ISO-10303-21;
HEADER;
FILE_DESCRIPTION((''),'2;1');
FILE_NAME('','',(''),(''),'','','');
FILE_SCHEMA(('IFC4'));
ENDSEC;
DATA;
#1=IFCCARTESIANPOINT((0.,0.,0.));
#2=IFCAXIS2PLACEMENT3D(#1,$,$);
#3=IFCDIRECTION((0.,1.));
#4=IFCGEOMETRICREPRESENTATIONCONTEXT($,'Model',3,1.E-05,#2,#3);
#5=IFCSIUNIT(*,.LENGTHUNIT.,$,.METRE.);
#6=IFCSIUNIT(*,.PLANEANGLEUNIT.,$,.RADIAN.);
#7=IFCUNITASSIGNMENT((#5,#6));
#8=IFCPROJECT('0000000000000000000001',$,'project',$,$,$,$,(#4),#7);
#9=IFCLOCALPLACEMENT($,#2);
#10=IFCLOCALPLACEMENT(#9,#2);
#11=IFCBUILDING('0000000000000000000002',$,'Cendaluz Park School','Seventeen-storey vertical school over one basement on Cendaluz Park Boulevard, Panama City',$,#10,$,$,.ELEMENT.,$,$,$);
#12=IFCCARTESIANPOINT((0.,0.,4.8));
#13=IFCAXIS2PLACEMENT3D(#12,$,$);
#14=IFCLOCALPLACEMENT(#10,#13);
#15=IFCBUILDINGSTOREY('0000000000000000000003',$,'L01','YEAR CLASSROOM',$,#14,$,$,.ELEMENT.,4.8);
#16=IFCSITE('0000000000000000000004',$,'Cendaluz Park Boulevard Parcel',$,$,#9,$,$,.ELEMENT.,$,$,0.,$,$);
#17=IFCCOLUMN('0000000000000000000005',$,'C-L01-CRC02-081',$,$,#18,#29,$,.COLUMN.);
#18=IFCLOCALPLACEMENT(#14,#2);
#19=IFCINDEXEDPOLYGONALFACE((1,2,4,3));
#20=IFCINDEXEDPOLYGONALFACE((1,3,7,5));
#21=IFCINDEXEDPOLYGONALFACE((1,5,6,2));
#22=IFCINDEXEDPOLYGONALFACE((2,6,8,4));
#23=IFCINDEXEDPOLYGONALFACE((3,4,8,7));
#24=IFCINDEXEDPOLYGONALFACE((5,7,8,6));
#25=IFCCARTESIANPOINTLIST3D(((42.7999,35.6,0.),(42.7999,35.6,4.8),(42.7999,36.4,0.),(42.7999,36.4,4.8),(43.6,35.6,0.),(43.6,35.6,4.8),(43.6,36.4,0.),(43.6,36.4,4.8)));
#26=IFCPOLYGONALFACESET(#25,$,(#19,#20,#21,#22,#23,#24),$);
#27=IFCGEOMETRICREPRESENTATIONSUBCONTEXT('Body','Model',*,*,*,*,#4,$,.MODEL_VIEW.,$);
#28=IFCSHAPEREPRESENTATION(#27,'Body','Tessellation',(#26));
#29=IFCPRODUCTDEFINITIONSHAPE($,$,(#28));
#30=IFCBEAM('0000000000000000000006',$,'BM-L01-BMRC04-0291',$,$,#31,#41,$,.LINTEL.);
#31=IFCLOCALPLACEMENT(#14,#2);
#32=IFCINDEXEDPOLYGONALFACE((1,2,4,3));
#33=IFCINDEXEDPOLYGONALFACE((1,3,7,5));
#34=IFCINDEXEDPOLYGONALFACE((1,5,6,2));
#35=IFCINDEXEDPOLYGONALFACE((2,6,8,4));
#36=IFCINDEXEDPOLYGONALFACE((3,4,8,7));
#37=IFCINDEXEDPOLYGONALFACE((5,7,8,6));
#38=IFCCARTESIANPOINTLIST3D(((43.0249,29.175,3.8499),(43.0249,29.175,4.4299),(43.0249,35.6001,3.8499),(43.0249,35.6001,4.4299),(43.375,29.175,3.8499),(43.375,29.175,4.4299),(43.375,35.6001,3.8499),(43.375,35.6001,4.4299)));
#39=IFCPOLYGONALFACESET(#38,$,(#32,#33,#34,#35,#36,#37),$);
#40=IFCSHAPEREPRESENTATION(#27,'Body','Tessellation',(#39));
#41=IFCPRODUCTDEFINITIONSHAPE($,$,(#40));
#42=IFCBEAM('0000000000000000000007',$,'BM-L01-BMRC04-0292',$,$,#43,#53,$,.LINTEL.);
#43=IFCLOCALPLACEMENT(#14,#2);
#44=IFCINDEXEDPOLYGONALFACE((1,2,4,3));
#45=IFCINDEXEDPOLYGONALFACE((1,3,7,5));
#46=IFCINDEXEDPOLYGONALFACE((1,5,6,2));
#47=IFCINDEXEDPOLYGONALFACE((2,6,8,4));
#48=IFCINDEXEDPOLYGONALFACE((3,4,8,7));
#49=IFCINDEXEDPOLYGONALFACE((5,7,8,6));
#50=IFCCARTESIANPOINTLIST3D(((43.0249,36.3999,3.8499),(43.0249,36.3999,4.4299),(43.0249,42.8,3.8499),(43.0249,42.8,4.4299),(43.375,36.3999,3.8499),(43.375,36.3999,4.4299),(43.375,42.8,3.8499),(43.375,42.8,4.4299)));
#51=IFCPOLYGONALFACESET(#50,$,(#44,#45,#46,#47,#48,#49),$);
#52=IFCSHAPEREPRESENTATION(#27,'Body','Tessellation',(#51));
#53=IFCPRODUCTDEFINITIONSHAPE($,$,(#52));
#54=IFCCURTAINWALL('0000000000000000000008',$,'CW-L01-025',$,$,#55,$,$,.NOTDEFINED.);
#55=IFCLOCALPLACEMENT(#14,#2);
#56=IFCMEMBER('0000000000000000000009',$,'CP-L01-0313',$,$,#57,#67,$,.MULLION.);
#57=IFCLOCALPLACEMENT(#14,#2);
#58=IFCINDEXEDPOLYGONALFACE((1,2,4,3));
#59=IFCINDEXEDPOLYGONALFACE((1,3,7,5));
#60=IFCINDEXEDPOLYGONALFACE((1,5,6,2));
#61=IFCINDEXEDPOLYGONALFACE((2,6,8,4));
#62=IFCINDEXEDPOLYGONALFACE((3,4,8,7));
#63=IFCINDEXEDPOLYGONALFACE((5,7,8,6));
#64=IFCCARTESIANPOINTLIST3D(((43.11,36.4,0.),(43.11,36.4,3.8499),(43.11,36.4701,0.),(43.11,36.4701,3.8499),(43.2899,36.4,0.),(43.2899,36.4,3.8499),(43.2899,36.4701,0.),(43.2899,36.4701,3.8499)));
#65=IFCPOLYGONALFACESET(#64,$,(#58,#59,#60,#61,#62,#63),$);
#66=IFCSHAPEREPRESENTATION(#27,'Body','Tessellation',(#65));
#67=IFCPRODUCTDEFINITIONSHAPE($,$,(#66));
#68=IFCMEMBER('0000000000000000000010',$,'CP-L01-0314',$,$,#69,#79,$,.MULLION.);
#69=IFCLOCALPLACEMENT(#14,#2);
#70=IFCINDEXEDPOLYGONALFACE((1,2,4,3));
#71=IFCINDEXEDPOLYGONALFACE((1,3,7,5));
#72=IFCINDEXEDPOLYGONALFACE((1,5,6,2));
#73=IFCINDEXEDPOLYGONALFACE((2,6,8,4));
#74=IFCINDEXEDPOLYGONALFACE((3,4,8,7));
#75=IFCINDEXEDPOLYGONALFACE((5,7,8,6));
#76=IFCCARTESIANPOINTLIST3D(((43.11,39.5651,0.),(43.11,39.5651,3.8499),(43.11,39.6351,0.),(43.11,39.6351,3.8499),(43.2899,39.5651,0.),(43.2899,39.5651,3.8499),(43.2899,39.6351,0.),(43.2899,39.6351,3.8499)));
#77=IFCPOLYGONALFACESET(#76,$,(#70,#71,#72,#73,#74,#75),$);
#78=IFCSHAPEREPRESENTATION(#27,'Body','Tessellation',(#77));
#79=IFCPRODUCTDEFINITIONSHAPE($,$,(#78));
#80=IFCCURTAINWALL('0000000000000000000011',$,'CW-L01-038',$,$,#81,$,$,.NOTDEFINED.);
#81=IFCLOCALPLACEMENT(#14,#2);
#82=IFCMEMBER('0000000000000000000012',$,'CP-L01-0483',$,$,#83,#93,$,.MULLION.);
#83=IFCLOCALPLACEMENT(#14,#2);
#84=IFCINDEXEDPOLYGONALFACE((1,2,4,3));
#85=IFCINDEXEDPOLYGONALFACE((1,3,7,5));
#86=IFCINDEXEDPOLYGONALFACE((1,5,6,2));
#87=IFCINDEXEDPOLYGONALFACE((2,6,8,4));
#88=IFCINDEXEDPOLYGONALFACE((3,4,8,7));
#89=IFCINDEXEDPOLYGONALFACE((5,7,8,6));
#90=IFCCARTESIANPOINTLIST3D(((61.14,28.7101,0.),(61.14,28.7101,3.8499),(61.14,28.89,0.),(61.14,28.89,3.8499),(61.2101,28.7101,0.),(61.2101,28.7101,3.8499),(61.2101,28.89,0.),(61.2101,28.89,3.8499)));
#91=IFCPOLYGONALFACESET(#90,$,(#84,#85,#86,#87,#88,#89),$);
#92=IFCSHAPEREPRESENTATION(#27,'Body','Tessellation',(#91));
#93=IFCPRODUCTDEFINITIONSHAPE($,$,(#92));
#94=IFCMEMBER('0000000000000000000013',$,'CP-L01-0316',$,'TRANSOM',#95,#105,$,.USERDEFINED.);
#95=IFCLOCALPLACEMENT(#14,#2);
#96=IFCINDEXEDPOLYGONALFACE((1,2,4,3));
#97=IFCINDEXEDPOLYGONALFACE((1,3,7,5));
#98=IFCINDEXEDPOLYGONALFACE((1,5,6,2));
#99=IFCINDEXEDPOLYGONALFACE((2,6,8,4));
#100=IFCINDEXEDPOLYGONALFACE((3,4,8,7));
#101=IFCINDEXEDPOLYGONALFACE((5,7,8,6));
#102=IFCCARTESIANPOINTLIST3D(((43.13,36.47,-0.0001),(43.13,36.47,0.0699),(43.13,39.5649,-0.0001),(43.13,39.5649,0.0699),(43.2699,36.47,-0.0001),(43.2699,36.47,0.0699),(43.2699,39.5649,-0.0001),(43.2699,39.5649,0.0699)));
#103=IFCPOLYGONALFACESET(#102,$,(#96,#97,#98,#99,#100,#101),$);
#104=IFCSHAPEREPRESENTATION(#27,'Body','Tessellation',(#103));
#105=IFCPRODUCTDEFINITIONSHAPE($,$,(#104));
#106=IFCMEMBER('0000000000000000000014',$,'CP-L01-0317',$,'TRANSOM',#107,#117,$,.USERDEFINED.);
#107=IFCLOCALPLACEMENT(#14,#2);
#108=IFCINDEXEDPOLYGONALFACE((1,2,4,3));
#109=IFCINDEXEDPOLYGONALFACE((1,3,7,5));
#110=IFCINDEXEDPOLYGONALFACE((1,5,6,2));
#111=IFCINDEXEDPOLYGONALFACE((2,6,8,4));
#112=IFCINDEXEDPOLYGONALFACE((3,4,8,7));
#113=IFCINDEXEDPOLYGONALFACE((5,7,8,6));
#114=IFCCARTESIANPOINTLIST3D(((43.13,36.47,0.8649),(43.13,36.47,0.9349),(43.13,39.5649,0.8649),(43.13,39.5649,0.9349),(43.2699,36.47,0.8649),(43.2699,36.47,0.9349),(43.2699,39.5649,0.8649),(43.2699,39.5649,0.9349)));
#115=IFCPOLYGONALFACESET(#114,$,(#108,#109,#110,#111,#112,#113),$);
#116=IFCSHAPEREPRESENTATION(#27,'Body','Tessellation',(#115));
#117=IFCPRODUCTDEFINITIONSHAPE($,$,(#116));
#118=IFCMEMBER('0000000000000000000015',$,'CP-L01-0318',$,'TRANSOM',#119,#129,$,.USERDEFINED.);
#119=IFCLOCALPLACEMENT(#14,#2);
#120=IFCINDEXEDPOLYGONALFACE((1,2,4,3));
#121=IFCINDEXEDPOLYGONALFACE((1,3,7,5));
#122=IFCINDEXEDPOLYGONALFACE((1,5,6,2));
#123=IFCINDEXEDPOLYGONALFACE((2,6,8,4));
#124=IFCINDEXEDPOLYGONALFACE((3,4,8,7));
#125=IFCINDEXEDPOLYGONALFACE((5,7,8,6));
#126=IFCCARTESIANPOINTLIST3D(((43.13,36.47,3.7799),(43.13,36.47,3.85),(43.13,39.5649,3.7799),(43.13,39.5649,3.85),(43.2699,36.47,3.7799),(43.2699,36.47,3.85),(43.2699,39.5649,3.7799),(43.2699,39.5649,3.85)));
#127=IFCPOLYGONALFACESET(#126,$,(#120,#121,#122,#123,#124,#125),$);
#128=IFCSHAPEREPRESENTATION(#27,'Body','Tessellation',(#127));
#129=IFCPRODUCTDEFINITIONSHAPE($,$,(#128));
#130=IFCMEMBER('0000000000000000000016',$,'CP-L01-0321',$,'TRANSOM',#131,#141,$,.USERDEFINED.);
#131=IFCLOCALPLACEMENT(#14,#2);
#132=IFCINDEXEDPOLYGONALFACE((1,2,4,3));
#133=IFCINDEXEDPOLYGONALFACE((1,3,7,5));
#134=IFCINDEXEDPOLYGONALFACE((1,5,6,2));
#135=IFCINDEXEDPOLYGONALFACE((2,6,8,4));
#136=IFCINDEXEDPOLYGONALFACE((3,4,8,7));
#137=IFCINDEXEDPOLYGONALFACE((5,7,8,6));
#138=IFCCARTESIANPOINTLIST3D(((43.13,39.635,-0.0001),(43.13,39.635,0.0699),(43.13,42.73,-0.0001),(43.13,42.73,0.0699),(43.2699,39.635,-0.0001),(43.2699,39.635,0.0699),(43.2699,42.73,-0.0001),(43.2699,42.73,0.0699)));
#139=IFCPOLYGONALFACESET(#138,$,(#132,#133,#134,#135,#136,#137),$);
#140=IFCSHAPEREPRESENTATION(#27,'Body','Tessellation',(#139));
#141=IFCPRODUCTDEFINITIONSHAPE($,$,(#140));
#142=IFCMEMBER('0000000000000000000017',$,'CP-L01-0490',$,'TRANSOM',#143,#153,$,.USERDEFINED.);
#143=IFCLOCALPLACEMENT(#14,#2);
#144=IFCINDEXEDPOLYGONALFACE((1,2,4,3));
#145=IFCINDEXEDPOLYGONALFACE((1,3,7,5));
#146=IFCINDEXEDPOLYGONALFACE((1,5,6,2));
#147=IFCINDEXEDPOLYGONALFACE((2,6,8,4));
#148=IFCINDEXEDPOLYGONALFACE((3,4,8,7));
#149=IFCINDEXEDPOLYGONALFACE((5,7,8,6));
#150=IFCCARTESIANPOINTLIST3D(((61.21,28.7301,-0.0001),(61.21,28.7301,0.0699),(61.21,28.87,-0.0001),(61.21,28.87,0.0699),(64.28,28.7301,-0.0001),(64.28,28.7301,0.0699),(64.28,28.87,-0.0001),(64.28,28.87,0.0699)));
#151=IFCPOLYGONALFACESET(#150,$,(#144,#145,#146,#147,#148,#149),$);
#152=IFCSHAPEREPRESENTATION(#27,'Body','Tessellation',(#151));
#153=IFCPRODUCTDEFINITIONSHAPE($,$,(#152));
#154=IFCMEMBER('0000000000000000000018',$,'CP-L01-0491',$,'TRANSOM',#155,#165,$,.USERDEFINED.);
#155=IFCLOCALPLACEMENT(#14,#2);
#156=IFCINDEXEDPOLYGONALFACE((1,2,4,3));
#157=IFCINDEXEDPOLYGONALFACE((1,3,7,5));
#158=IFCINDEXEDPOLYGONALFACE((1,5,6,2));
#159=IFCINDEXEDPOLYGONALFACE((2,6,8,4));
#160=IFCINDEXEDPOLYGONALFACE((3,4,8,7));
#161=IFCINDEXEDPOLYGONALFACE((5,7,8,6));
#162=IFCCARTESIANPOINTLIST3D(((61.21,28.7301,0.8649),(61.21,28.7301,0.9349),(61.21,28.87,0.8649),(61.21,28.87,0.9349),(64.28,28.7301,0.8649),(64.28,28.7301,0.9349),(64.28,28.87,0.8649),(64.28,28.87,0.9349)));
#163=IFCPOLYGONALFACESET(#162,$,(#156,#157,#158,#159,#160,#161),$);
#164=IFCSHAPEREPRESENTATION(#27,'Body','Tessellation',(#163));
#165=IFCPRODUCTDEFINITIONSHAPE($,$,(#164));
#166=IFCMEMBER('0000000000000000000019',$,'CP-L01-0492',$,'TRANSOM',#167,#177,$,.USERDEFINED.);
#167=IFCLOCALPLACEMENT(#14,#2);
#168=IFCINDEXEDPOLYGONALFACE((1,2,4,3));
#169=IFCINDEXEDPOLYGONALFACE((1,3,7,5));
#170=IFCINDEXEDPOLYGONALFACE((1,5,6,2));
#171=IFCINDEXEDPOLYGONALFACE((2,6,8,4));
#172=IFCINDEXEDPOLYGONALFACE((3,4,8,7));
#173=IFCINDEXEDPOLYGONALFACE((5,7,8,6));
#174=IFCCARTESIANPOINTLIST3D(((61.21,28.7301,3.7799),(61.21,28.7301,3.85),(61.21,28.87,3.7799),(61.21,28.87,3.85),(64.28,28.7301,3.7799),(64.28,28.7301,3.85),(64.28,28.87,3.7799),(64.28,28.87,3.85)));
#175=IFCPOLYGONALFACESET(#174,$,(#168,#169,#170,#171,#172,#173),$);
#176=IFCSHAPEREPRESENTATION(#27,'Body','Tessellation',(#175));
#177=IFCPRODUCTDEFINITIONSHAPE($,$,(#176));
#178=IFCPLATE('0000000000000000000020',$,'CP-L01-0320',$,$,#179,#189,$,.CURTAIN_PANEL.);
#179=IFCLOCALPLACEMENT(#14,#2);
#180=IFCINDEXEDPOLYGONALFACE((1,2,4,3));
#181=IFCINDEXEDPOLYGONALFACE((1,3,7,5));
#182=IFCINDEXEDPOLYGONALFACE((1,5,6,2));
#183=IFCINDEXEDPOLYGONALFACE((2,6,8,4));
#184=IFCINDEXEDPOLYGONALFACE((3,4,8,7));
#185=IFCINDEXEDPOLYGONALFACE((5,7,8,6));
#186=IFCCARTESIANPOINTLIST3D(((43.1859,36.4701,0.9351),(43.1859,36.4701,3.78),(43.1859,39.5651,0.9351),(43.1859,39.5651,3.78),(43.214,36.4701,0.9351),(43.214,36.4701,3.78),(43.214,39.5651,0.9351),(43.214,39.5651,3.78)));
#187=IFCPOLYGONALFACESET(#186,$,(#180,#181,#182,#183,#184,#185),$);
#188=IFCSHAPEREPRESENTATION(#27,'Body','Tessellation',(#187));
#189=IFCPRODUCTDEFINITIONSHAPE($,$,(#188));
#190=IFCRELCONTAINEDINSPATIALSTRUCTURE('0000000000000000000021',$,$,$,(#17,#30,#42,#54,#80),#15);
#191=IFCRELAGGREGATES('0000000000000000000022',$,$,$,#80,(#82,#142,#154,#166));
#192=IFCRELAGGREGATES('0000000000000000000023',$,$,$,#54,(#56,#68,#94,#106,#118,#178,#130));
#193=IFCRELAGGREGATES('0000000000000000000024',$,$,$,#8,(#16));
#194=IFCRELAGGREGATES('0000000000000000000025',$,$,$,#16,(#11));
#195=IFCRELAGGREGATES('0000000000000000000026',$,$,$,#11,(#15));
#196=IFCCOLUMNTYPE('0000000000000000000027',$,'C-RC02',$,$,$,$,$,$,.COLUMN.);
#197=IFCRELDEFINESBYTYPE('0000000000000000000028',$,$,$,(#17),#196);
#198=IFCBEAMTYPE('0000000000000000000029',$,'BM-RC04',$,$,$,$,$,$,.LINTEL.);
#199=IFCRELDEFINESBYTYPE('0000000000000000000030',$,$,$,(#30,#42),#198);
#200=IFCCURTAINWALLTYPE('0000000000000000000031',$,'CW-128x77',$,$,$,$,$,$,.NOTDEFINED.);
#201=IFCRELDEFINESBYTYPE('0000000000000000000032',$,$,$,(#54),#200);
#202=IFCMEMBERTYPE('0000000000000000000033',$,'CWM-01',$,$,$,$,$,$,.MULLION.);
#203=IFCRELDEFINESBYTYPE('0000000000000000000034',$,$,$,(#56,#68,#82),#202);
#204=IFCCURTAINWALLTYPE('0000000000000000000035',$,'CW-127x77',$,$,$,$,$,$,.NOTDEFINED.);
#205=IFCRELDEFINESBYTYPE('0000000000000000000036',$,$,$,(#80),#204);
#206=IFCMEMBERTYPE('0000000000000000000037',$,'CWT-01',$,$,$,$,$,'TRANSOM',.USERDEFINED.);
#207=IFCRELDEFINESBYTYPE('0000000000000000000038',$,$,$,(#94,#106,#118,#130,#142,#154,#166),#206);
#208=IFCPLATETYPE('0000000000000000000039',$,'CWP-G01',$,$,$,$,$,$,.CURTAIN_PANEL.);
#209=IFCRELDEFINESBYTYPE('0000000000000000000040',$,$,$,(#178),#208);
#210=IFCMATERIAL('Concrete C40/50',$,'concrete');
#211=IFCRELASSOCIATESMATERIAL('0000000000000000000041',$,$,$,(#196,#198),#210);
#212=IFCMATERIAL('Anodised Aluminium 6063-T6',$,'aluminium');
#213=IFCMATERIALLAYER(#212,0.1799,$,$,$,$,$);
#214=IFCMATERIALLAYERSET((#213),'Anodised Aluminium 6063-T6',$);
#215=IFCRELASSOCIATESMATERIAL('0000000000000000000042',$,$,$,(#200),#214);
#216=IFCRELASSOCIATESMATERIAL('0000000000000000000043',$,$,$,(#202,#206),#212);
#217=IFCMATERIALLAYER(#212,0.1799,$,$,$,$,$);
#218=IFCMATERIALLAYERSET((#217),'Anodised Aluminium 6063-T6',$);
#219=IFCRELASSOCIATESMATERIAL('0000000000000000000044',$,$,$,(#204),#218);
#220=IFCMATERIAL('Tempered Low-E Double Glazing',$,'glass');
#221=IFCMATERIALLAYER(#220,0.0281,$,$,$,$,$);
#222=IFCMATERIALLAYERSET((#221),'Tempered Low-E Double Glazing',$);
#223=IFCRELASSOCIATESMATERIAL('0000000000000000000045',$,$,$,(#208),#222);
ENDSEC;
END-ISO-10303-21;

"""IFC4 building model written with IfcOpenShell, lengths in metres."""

from ifc_helpers import new_model, si_unit, direction, frame, origin, origin_2d, place, context, subcontext, project, spatial, rectangle, extrude, material, layer, layer_set, material_profile, profile_set, type_object, element, aggregate, save


model = new_model("IFC4")

# Units and contexts
model_context = context("Model", 3, precision=1e-05, world=origin(), true_north=direction((0.0, 1.0)))
body_context = subcontext(model_context, "Body", "Model", "MODEL_VIEW")
ifc_project = project(units=[si_unit("LENGTHUNIT", "METRE"), si_unit("PLANEANGLEUNIT", "RADIAN")], contexts=[model_context])

# Site, building, storey
site_placement = place(None, origin())
site = spatial("IfcSite", under=ifc_project, at=site_placement, Name="Cendaluz Park Boulevard Parcel", CompositionType="ELEMENT", RefElevation=0.0)
building_placement = place(site_placement, origin())
building = spatial("IfcBuilding", under=site, at=building_placement, Name="Cendaluz Park School", Description="Seventeen-storey vertical school over one basement on Cendaluz Park Boulevard, Panama City", CompositionType="ELEMENT")
storey_placement = place(building_placement, frame((0.0, 0.0, 4.8)))
storey = spatial("IfcBuildingStorey", under=building, at=storey_placement, Name="L01", Description="YEAR CLASSROOM", CompositionType="ELEMENT", Elevation=4.8)

# Column
ifc_material_1 = material(Name="Concrete C40/50", Category="concrete")
ifc_material_profile_1 = material_profile(ifc_material_1, rectangle(XDim=0.8, YDim=0.8, at=origin_2d()), Name="RC 800x800", Category="concrete")
ifc_profile_set_1 = profile_set([ifc_material_profile_1], Name="Concrete C40/50")
column_type = type_object("IfcColumnType", Name="C-RC02", PredefinedType="COLUMN", material=ifc_profile_set_1)
column_placement = place(storey_placement, frame((43.2, 36.0, 0.0), z_axis=(0.0, 0.0, 1.0), x_axis=(1.0, 0.0, 0.0)))
element("IfcColumn", 1, at=column_placement, inside=storey, type_object=column_type, Name="C-L01-CRC02-081", PredefinedType="COLUMN", context=body_context, shape_type="SweptSolid", body=[
    extrude(rectangle(XDim=0.8, YDim=0.8, at=origin_2d()), origin(), (0.0, 0.0, 1.0), 4.8),
])

# Beams
ifc_material_profile_2 = material_profile(ifc_material_1, rectangle(XDim=0.3501, YDim=0.5801, at=origin_2d()), Name="RC 350x580", Category="concrete")
ifc_profile_set_2 = profile_set([ifc_material_profile_2], Name="Concrete C40/50")
beam_type = type_object("IfcBeamType", Name="BM-RC04", PredefinedType="LINTEL", material=ifc_profile_set_2)
beam_1_placement = place(storey_placement, frame((43.2, 29.175, 4.1399), z_axis=(0.0, 1.0, 0.0), x_axis=(-1.0, 0.0, 0.0)))
element("IfcBeam", 2, at=beam_1_placement, inside=storey, type_object=beam_type, Name="BM-L01-BMRC04-0291", PredefinedType="LINTEL", context=body_context, shape_type="SweptSolid", body=[
    extrude(rectangle(XDim=0.3501, YDim=0.5801, at=origin_2d()), origin(), (0.0, 0.0, 1.0), 6.425),
])
beam_2_placement = place(storey_placement, frame((43.2, 36.3999, 4.1399), z_axis=(0.0, 1.0, 0.0), x_axis=(-1.0, 0.0, 0.0)))
element("IfcBeam", 3, at=beam_2_placement, inside=storey, type_object=beam_type, Name="BM-L01-BMRC04-0292", PredefinedType="LINTEL", context=body_context, shape_type="SweptSolid", body=[
    extrude(rectangle(XDim=0.3501, YDim=0.5801, at=origin_2d()), origin(), (0.0, 0.0, 1.0), 6.4001),
])

# Curtain wall, members
ifc_material_2 = material(Name="Anodised Aluminium 6063-T6", Category="aluminium")
ifc_layer_1 = layer(ifc_material_2, 0.1799)
ifc_layer_set_1 = layer_set([ifc_layer_1], Name="Anodised Aluminium 6063-T6")
curtain_wall_type_1 = type_object("IfcCurtainWallType", Name="CW-128x77", PredefinedType="NOTDEFINED", material=ifc_layer_set_1)
curtain_wall_1_placement = place(storey_placement, origin())
curtain_wall_1 = element("IfcCurtainWall", 4, at=curtain_wall_1_placement, inside=storey, type_object=curtain_wall_type_1, Name="CW-L01-025", PredefinedType="NOTDEFINED")
ifc_material_profile_3 = material_profile(ifc_material_2, rectangle(XDim=0.1799, YDim=0.0701, at=origin_2d()), Name="CWM 180x70", Category="aluminium")
ifc_profile_set_3 = profile_set([ifc_material_profile_3], Name="Anodised Aluminium 6063-T6")
member_type_1 = type_object("IfcMemberType", Name="CWM-01", PredefinedType="MULLION", material=ifc_profile_set_3)
member_1_placement = place(storey_placement, frame((43.2, 36.4351, 0.0), z_axis=(0.0, 0.0, 1.0), x_axis=(-1.0, 0.0, 0.0)))
member_1 = element("IfcMember", 5, at=member_1_placement, type_object=member_type_1, Name="CP-L01-0313", PredefinedType="MULLION", context=body_context, shape_type="SweptSolid", body=[
    extrude(rectangle(XDim=0.1799, YDim=0.0701, at=origin_2d()), origin(), (0.0, 0.0, 1.0), 3.8499),
])
member_2_placement = place(storey_placement, frame((43.2, 39.6001, 0.0), z_axis=(0.0, 0.0, 1.0), x_axis=(-1.0, 0.0, 0.0)))
member_2 = element("IfcMember", 6, at=member_2_placement, type_object=member_type_1, Name="CP-L01-0314", PredefinedType="MULLION", context=body_context, shape_type="SweptSolid", body=[
    extrude(rectangle(XDim=0.1799, YDim=0.0701, at=origin_2d()), origin(), (0.0, 0.0, 1.0), 3.8499),
])

# Curtain wall, member
ifc_layer_2 = layer(ifc_material_2, 0.1799)
ifc_layer_set_2 = layer_set([ifc_layer_2], Name="Anodised Aluminium 6063-T6")
curtain_wall_type_2 = type_object("IfcCurtainWallType", Name="CW-127x77", PredefinedType="NOTDEFINED", material=ifc_layer_set_2)
curtain_wall_2_placement = place(storey_placement, origin())
curtain_wall_2 = element("IfcCurtainWall", 7, at=curtain_wall_2_placement, inside=storey, type_object=curtain_wall_type_2, Name="CW-L01-038", PredefinedType="NOTDEFINED")
member_3_placement = place(storey_placement, frame((61.175, 28.8, 0.0), z_axis=(0.0, 0.0, 1.0), x_axis=(0.0, 1.0, 0.0)))
member_3 = element("IfcMember", 8, at=member_3_placement, type_object=member_type_1, Name="CP-L01-0483", PredefinedType="MULLION", context=body_context, shape_type="SweptSolid", body=[
    extrude(rectangle(XDim=0.1799, YDim=0.0701, at=origin_2d()), origin(), (0.0, 0.0, 1.0), 3.8499),
])

# Members
ifc_material_profile_4 = material_profile(ifc_material_2, rectangle(XDim=0.1399, YDim=0.0701, at=origin_2d()), Name="CWT 140x70", Category="aluminium")
ifc_profile_set_4 = profile_set([ifc_material_profile_4], Name="Anodised Aluminium 6063-T6")
member_type_2 = type_object("IfcMemberType", Name="CWT-01", ElementType="TRANSOM", PredefinedType="USERDEFINED", material=ifc_profile_set_4)
member_4_placement = place(storey_placement, frame((43.2, 36.47, 0.0349), z_axis=(0.0, 1.0, 0.0), x_axis=(-1.0, 0.0, 0.0)))
member_4 = element("IfcMember", 9, at=member_4_placement, type_object=member_type_2, Name="CP-L01-0316", ObjectType="TRANSOM", PredefinedType="USERDEFINED", context=body_context, shape_type="SweptSolid", body=[
    extrude(rectangle(XDim=0.1399, YDim=0.0701, at=origin_2d()), origin(), (0.0, 0.0, 1.0), 3.095),
])
member_5_placement = place(storey_placement, frame((43.2, 36.47, 0.8999), z_axis=(0.0, 1.0, 0.0), x_axis=(-1.0, 0.0, 0.0)))
member_5 = element("IfcMember", 10, at=member_5_placement, type_object=member_type_2, Name="CP-L01-0317", ObjectType="TRANSOM", PredefinedType="USERDEFINED", context=body_context, shape_type="SweptSolid", body=[
    extrude(rectangle(XDim=0.1399, YDim=0.0701, at=origin_2d()), origin(), (0.0, 0.0, 1.0), 3.095),
])
member_6_placement = place(storey_placement, frame((43.2, 36.47, 3.8149), z_axis=(0.0, 1.0, 0.0), x_axis=(-1.0, 0.0, 0.0)))
member_6 = element("IfcMember", 11, at=member_6_placement, type_object=member_type_2, Name="CP-L01-0318", ObjectType="TRANSOM", PredefinedType="USERDEFINED", context=body_context, shape_type="SweptSolid", body=[
    extrude(rectangle(XDim=0.1399, YDim=0.0701, at=origin_2d()), origin(), (0.0, 0.0, 1.0), 3.095),
])
member_7_placement = place(storey_placement, frame((43.2, 39.635, 0.0349), z_axis=(0.0, 1.0, 0.0), x_axis=(-1.0, 0.0, 0.0)))
member_7 = element("IfcMember", 12, at=member_7_placement, type_object=member_type_2, Name="CP-L01-0321", ObjectType="TRANSOM", PredefinedType="USERDEFINED", context=body_context, shape_type="SweptSolid", body=[
    extrude(rectangle(XDim=0.1399, YDim=0.0701, at=origin_2d()), origin(), (0.0, 0.0, 1.0), 3.095),
])
member_8_placement = place(storey_placement, frame((61.21, 28.8, 0.0349), z_axis=(1.0, 0.0, 0.0), x_axis=(0.0, 1.0, 0.0)))
member_8 = element("IfcMember", 13, at=member_8_placement, type_object=member_type_2, Name="CP-L01-0490", ObjectType="TRANSOM", PredefinedType="USERDEFINED", context=body_context, shape_type="SweptSolid", body=[
    extrude(rectangle(XDim=0.1399, YDim=0.0701, at=origin_2d()), origin(), (0.0, 0.0, 1.0), 3.0701),
])
member_9_placement = place(storey_placement, frame((61.21, 28.8, 0.8999), z_axis=(1.0, 0.0, 0.0), x_axis=(0.0, 1.0, 0.0)))
member_9 = element("IfcMember", 14, at=member_9_placement, type_object=member_type_2, Name="CP-L01-0491", ObjectType="TRANSOM", PredefinedType="USERDEFINED", context=body_context, shape_type="SweptSolid", body=[
    extrude(rectangle(XDim=0.1399, YDim=0.0701, at=origin_2d()), origin(), (0.0, 0.0, 1.0), 3.0701),
])
member_10_placement = place(storey_placement, frame((61.21, 28.8, 3.8149), z_axis=(1.0, 0.0, 0.0), x_axis=(0.0, 1.0, 0.0)))
member_10 = element("IfcMember", 15, at=member_10_placement, type_object=member_type_2, Name="CP-L01-0492", ObjectType="TRANSOM", PredefinedType="USERDEFINED", context=body_context, shape_type="SweptSolid", body=[
    extrude(rectangle(XDim=0.1399, YDim=0.0701, at=origin_2d()), origin(), (0.0, 0.0, 1.0), 3.0701),
])
aggregate(curtain_wall_2, [member_3, member_8, member_9, member_10])

# Plate
ifc_material_3 = material(Name="Tempered Low-E Double Glazing", Category="glass")
ifc_layer_3 = layer(ifc_material_3, 0.0281)
ifc_layer_set_3 = layer_set([ifc_layer_3], Name="Tempered Low-E Double Glazing")
plate_type_1 = type_object("IfcPlateType", Name="CWP-G01", PredefinedType="CURTAIN_PANEL", material=ifc_layer_set_3)
plate_1_placement = place(storey_placement, frame((43.2, 38.0176, 0.9351), z_axis=(0.0, 0.0, 1.0), x_axis=(0.0, 1.0, 0.0)))
plate_1 = element("IfcPlate", 16, at=plate_1_placement, type_object=plate_type_1, Name="CP-L01-0320", PredefinedType="CURTAIN_PANEL", context=body_context, shape_type="SweptSolid", body=[
    extrude(rectangle(XDim=3.095, YDim=0.0281, at=origin_2d()), origin(), (0.0, 0.0, 1.0), 2.845),
])
aggregate(curtain_wall_1, [member_1, member_2, member_4, member_5, member_6, plate_1, member_7])

save(model, "model.ifc")
